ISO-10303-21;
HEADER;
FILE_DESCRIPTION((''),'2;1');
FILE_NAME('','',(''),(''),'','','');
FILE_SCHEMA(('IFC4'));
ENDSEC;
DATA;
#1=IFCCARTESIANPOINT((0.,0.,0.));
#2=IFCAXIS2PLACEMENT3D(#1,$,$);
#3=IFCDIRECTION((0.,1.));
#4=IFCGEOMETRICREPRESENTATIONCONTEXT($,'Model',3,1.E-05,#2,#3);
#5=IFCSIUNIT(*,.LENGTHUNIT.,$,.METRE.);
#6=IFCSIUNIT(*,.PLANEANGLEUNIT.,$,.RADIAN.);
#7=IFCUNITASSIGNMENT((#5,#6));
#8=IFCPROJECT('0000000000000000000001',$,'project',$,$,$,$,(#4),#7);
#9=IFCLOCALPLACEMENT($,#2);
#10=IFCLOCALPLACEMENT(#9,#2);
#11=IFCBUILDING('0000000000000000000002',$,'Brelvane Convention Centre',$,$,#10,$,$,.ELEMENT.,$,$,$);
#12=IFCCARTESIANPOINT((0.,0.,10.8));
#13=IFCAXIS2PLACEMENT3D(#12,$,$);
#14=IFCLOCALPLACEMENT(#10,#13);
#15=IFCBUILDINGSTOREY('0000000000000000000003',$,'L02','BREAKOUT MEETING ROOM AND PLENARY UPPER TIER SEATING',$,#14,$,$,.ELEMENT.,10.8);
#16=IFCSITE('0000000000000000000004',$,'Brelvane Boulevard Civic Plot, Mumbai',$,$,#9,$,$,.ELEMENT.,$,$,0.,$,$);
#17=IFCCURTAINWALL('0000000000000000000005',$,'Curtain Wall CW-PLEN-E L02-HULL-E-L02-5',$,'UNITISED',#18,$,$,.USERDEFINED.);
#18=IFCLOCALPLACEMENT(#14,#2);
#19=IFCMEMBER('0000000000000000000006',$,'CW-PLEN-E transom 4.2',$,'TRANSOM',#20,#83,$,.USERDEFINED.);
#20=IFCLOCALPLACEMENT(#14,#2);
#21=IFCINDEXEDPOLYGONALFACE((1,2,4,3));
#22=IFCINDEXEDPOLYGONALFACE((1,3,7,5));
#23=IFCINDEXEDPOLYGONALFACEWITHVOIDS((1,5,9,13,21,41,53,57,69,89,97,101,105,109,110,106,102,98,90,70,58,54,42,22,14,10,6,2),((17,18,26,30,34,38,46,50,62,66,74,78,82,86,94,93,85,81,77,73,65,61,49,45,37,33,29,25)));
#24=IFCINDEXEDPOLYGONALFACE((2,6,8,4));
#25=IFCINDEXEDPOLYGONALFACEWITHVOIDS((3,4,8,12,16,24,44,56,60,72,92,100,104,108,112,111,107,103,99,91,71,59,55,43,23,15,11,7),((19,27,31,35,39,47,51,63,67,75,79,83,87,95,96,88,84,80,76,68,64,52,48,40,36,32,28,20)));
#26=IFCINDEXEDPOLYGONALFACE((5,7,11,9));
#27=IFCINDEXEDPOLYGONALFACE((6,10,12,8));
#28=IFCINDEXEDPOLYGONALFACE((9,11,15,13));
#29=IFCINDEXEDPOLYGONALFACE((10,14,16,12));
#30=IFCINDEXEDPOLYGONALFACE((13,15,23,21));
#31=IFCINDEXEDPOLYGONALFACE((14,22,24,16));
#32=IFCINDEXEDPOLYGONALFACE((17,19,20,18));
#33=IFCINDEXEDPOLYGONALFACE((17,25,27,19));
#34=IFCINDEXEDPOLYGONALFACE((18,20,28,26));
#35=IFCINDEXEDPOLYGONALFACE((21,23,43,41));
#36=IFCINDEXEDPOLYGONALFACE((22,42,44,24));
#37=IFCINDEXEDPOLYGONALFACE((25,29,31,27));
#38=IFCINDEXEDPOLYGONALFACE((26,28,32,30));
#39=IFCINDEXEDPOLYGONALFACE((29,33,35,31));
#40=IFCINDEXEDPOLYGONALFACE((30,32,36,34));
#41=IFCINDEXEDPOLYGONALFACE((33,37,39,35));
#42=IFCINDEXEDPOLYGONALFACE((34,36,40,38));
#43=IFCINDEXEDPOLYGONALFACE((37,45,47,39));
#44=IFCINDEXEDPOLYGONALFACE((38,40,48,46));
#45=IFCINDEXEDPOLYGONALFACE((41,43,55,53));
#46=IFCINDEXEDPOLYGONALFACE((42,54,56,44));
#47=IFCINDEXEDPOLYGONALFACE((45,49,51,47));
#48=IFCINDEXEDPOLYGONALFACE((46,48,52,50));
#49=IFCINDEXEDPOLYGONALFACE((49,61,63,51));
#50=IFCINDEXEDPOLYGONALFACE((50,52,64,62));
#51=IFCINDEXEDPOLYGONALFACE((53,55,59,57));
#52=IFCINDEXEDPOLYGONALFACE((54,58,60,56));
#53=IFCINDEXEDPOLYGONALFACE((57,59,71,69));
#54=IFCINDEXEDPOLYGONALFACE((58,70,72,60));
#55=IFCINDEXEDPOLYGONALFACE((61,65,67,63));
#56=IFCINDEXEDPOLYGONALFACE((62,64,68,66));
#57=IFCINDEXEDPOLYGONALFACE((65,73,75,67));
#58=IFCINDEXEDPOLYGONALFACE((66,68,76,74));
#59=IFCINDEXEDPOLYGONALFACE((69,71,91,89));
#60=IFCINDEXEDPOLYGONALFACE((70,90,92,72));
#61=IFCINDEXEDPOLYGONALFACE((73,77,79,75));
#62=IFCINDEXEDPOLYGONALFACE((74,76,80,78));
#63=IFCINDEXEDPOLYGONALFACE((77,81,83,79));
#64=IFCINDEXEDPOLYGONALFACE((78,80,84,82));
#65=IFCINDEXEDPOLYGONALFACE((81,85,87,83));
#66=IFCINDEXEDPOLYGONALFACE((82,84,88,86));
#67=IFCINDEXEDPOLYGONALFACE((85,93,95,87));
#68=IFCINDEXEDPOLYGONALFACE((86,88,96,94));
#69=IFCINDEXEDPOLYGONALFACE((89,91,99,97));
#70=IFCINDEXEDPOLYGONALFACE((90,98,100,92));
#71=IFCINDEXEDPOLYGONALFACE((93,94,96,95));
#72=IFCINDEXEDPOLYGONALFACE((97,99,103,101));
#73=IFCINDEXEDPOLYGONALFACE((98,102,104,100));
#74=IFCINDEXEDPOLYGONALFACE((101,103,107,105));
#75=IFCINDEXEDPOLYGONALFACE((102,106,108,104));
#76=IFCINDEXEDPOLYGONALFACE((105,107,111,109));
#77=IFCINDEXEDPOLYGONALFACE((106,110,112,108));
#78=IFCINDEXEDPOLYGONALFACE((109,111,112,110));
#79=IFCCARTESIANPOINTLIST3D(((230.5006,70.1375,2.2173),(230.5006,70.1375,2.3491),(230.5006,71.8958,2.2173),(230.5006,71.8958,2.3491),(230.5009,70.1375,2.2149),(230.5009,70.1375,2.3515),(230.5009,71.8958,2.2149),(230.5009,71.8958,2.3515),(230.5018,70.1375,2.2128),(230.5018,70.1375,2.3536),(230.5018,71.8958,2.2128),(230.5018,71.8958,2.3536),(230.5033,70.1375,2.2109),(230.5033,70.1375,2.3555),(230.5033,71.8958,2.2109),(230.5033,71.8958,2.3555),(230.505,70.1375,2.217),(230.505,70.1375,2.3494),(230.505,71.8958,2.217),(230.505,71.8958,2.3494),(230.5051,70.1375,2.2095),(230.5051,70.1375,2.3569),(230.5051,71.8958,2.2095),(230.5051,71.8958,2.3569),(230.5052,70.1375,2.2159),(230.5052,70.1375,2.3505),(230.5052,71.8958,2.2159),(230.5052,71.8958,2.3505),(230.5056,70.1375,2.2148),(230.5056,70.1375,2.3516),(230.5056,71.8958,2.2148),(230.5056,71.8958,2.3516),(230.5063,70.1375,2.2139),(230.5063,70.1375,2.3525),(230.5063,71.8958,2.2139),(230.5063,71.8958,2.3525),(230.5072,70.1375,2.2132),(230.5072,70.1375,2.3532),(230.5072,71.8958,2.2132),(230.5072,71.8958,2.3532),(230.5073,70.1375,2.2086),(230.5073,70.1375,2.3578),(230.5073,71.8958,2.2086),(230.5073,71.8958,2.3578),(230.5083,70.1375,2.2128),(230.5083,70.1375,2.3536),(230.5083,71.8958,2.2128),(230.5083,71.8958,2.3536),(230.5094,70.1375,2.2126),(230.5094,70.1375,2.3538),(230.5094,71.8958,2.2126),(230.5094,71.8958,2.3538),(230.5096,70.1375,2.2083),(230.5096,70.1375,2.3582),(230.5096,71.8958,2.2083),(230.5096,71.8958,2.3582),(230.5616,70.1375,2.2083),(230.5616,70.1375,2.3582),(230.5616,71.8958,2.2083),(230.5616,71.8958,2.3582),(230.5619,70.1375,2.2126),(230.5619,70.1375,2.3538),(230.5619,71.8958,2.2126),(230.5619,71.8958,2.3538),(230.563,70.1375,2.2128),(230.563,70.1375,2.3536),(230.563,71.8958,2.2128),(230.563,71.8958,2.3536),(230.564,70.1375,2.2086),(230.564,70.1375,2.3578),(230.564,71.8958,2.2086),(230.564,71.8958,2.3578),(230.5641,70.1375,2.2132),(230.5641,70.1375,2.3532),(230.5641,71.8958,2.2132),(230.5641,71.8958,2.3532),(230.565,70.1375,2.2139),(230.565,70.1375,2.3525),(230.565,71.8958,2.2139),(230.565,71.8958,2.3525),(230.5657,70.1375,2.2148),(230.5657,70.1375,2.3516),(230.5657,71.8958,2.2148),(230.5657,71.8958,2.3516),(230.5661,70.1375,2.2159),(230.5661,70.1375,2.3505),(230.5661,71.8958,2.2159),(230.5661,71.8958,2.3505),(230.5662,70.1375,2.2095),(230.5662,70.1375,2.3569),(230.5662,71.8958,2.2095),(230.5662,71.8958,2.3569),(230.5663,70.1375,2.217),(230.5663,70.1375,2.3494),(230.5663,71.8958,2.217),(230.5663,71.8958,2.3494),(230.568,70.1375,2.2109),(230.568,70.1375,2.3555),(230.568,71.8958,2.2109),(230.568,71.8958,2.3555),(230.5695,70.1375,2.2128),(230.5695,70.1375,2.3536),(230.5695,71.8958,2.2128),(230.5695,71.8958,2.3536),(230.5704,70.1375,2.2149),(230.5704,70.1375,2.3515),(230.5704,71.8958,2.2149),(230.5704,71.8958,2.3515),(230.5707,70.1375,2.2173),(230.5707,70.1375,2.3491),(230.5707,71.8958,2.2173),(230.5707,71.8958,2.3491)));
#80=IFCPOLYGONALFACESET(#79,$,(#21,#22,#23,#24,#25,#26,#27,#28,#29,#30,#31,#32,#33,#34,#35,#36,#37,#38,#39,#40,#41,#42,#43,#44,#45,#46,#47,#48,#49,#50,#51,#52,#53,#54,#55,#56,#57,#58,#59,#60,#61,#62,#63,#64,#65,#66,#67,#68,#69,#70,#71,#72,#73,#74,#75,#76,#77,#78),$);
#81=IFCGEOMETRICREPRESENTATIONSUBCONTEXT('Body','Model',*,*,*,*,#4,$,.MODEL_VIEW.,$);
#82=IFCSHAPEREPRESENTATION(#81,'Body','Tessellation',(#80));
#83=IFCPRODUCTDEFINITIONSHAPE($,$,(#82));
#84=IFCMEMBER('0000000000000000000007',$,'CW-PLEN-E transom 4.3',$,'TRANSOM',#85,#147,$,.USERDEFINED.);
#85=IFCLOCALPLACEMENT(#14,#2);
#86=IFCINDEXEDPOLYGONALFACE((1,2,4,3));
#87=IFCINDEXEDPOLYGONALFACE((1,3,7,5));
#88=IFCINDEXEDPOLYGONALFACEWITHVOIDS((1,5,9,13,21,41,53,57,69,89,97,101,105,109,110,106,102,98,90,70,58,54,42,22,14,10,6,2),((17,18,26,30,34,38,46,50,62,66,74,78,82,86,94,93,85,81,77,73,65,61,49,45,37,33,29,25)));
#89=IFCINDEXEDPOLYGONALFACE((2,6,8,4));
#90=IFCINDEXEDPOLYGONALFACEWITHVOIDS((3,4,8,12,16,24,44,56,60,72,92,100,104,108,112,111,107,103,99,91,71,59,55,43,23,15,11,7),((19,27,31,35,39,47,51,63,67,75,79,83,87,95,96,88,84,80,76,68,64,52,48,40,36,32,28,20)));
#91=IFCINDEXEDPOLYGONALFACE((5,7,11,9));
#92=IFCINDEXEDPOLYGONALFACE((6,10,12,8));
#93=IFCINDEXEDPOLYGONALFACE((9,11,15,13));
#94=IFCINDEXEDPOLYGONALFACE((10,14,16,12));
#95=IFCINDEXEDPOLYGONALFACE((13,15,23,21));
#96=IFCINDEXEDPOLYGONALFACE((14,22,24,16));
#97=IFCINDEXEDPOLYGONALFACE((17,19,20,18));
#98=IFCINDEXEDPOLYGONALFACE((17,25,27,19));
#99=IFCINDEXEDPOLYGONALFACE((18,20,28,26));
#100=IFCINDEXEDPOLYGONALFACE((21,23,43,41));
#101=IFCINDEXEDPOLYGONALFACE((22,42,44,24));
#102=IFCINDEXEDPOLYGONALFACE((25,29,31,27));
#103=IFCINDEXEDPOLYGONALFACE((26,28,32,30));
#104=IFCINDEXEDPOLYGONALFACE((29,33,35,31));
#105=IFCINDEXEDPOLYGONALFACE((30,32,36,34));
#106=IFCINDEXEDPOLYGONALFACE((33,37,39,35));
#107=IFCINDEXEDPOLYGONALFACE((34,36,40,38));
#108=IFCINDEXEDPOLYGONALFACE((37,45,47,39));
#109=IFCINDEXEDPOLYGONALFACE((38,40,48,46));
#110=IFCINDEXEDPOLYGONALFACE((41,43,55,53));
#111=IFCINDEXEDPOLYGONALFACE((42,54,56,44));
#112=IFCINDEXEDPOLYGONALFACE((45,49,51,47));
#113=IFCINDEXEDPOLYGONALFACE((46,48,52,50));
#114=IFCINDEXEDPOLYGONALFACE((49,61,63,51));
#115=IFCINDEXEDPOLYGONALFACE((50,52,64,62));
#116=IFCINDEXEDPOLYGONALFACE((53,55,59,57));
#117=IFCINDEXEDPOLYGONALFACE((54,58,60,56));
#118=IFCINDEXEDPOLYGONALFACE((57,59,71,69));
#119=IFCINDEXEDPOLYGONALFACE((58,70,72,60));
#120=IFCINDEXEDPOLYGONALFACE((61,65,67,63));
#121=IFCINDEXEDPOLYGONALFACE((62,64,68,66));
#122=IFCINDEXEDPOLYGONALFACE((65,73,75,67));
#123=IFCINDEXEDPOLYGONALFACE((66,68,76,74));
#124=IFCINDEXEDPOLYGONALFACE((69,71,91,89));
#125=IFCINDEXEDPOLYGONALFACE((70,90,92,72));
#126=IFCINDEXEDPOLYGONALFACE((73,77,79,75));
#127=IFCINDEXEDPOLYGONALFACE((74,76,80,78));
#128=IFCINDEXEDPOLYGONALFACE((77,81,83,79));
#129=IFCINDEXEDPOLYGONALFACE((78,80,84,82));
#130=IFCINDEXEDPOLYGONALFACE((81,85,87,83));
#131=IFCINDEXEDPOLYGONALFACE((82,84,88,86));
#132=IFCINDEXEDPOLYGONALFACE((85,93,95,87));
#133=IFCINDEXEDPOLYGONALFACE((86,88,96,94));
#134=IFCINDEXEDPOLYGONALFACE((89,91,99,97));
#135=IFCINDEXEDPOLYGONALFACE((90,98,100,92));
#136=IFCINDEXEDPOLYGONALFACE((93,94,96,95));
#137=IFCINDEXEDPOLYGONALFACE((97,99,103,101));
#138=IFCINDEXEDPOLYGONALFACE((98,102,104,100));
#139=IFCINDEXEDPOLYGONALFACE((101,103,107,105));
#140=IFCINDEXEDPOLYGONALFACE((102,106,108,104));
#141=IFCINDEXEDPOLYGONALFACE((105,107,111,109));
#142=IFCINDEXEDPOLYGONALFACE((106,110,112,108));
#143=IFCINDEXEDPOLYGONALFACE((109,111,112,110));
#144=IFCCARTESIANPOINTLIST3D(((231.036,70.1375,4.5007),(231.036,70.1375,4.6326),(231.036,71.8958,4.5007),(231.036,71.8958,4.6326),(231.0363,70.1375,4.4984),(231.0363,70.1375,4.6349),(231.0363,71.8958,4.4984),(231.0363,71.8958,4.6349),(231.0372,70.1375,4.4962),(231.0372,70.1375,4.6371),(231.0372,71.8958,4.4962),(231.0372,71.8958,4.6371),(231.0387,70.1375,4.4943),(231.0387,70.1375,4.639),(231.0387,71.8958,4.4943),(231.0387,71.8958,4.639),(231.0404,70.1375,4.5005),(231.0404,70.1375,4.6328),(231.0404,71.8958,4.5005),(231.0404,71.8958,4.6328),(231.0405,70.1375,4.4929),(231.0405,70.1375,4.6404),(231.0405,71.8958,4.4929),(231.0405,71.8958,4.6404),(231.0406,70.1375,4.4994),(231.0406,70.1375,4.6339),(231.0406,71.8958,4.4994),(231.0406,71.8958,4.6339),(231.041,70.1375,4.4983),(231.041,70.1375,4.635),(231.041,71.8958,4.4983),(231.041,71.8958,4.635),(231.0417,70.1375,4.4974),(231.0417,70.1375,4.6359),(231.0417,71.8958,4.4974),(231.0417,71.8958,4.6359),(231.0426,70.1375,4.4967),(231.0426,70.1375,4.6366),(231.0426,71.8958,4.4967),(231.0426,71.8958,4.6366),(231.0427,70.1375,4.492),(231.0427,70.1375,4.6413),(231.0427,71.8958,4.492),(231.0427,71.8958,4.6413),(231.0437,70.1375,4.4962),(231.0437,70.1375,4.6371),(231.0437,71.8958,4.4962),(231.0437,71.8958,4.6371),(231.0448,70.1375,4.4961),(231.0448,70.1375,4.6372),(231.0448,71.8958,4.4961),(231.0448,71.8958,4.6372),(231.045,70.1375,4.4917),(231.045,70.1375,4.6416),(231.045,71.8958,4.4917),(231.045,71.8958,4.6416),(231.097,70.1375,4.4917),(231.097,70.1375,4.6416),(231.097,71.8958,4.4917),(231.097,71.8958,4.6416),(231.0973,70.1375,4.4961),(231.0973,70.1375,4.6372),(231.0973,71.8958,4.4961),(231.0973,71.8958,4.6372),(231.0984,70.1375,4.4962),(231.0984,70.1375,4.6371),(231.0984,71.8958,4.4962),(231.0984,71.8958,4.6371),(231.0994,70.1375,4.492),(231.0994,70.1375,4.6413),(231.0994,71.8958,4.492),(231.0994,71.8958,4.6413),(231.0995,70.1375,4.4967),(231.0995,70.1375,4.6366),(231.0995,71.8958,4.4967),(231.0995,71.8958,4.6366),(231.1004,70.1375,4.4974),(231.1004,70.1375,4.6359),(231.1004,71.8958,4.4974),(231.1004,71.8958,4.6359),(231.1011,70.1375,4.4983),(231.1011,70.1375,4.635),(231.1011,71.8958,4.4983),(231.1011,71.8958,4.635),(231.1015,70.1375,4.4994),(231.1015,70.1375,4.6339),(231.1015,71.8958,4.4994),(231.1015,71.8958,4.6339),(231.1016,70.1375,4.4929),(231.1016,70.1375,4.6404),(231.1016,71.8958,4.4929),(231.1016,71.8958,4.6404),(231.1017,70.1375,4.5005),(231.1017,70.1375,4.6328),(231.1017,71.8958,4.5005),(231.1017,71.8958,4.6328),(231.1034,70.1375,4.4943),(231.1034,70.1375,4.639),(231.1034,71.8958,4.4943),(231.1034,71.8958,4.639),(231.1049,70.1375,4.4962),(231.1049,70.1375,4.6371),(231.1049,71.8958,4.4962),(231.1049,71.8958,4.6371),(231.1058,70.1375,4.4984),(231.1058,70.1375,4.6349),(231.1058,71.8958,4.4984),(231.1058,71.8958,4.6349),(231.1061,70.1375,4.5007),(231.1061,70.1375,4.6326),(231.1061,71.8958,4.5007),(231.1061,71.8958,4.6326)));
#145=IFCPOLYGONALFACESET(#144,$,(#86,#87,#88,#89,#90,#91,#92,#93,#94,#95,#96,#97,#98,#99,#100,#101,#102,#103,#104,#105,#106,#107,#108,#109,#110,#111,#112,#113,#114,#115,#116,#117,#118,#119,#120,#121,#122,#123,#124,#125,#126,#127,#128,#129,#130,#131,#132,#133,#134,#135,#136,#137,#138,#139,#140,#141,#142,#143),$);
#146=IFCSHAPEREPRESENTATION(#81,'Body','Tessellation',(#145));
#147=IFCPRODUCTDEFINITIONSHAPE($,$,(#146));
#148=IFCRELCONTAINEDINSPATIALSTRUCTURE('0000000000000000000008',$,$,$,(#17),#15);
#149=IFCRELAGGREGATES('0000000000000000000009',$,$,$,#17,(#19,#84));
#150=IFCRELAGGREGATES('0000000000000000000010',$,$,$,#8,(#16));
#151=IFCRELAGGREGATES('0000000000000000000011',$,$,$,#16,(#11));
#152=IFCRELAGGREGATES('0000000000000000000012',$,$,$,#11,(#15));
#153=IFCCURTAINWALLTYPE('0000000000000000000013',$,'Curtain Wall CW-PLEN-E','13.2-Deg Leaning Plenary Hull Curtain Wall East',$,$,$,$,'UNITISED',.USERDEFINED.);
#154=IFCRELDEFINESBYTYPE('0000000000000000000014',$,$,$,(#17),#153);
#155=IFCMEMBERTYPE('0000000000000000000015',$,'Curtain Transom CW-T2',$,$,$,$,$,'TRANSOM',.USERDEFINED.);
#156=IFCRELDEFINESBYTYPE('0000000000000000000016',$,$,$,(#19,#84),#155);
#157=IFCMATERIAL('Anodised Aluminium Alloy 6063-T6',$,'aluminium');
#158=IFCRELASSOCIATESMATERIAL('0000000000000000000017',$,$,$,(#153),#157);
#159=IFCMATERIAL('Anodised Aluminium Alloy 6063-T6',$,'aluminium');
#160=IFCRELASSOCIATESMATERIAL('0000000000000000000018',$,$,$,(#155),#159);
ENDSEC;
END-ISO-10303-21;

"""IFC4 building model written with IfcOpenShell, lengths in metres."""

from ifc_helpers import new_model, si_unit, direction, frame, origin, origin_2d, place, context, subcontext, project, spatial, hollow_rectangle, extrude, material, material_profile, profile_set, type_object, element, aggregate, save


model = new_model("IFC4")

# Units and contexts
model_context = context("Model", 3, precision=1e-05, world=origin(), true_north=direction((0.0, 1.0)))
body_context = subcontext(model_context, "Body", "Model", "MODEL_VIEW")
ifc_project = project(units=[si_unit("LENGTHUNIT", "METRE"), si_unit("PLANEANGLEUNIT", "RADIAN")], contexts=[model_context])

# Site, building, storey
site_placement = place(None, origin())
site = spatial("IfcSite", under=ifc_project, at=site_placement, Name="Brelvane Boulevard Civic Plot, Mumbai", CompositionType="ELEMENT", RefElevation=0.0)
building_placement = place(site_placement, origin())
building = spatial("IfcBuilding", under=site, at=building_placement, Name="Brelvane Convention Centre", CompositionType="ELEMENT")
storey_placement = place(building_placement, frame((0.0, 0.0, 10.8)))
storey = spatial("IfcBuildingStorey", under=building, at=storey_placement, Name="L02", Description="BREAKOUT MEETING ROOM AND PLENARY UPPER TIER SEATING", CompositionType="ELEMENT", Elevation=10.8)

# Curtain wall, members
ifc_material_1 = material(Name="Anodised Aluminium Alloy 6063-T6", Category="aluminium")
curtain_wall_type = type_object("IfcCurtainWallType", Name="Curtain Wall CW-PLEN-E", Description="13.2-Deg Leaning Plenary Hull Curtain Wall East", ElementType="UNITISED", PredefinedType="USERDEFINED", material=ifc_material_1)
curtain_wall_1_placement = place(storey_placement, origin())
curtain_wall_1 = element("IfcCurtainWall", 1, at=curtain_wall_1_placement, inside=storey, type_object=curtain_wall_type, Name="Curtain Wall CW-PLEN-E L02-HULL-E-L02-5", ObjectType="UNITISED", PredefinedType="USERDEFINED")
ifc_material_2 = material(Name="Anodised Aluminium Alloy 6063-T6", Category="aluminium")
ifc_material_profile = material_profile(ifc_material_2, hollow_rectangle(XDim=0.0701, YDim=0.1499, WallThickness=0.0044, InnerFilletRadius=0.0044, OuterFilletRadius=0.009, at=origin_2d()), Name="ALU-T 150x70x4.5")
ifc_profile_set = profile_set([ifc_material_profile], Name="Anodised Aluminium Alloy 6063-T6")
member_type = type_object("IfcMemberType", Name="Curtain Transom CW-T2", ElementType="TRANSOM", PredefinedType="USERDEFINED", material=ifc_profile_set)
member_1_placement = place(storey_placement, frame((230.5356, 70.1375, 2.2832), z_axis=(0.0, 1.0, 0.0), x_axis=(-1.0, 0.0, 0.0)))
member_1 = element("IfcMember", 2, at=member_1_placement, type_object=member_type, Name="CW-PLEN-E transom 4.2", ObjectType="TRANSOM", PredefinedType="USERDEFINED", context=body_context, shape_type="SweptSolid", body=[
    extrude(hollow_rectangle(XDim=0.0701, YDim=0.1499, WallThickness=0.0044, InnerFilletRadius=0.0044, OuterFilletRadius=0.009, at=origin_2d()), origin(), (0.0, 0.0, 1.0), 1.7583),
])
member_2_placement = place(storey_placement, frame((231.071, 70.1375, 4.5667), z_axis=(0.0, 1.0, 0.0), x_axis=(-1.0, 0.0, 0.0)))
member_2 = element("IfcMember", 3, at=member_2_placement, type_object=member_type, Name="CW-PLEN-E transom 4.3", ObjectType="TRANSOM", PredefinedType="USERDEFINED", context=body_context, shape_type="SweptSolid", body=[
    extrude(hollow_rectangle(XDim=0.0701, YDim=0.1499, WallThickness=0.0044, InnerFilletRadius=0.0044, OuterFilletRadius=0.009, at=origin_2d()), origin(), (0.0, 0.0, 1.0), 1.7583),
])

aggregate(curtain_wall_1, [member_1, member_2])

save(model, "model.ifc")
